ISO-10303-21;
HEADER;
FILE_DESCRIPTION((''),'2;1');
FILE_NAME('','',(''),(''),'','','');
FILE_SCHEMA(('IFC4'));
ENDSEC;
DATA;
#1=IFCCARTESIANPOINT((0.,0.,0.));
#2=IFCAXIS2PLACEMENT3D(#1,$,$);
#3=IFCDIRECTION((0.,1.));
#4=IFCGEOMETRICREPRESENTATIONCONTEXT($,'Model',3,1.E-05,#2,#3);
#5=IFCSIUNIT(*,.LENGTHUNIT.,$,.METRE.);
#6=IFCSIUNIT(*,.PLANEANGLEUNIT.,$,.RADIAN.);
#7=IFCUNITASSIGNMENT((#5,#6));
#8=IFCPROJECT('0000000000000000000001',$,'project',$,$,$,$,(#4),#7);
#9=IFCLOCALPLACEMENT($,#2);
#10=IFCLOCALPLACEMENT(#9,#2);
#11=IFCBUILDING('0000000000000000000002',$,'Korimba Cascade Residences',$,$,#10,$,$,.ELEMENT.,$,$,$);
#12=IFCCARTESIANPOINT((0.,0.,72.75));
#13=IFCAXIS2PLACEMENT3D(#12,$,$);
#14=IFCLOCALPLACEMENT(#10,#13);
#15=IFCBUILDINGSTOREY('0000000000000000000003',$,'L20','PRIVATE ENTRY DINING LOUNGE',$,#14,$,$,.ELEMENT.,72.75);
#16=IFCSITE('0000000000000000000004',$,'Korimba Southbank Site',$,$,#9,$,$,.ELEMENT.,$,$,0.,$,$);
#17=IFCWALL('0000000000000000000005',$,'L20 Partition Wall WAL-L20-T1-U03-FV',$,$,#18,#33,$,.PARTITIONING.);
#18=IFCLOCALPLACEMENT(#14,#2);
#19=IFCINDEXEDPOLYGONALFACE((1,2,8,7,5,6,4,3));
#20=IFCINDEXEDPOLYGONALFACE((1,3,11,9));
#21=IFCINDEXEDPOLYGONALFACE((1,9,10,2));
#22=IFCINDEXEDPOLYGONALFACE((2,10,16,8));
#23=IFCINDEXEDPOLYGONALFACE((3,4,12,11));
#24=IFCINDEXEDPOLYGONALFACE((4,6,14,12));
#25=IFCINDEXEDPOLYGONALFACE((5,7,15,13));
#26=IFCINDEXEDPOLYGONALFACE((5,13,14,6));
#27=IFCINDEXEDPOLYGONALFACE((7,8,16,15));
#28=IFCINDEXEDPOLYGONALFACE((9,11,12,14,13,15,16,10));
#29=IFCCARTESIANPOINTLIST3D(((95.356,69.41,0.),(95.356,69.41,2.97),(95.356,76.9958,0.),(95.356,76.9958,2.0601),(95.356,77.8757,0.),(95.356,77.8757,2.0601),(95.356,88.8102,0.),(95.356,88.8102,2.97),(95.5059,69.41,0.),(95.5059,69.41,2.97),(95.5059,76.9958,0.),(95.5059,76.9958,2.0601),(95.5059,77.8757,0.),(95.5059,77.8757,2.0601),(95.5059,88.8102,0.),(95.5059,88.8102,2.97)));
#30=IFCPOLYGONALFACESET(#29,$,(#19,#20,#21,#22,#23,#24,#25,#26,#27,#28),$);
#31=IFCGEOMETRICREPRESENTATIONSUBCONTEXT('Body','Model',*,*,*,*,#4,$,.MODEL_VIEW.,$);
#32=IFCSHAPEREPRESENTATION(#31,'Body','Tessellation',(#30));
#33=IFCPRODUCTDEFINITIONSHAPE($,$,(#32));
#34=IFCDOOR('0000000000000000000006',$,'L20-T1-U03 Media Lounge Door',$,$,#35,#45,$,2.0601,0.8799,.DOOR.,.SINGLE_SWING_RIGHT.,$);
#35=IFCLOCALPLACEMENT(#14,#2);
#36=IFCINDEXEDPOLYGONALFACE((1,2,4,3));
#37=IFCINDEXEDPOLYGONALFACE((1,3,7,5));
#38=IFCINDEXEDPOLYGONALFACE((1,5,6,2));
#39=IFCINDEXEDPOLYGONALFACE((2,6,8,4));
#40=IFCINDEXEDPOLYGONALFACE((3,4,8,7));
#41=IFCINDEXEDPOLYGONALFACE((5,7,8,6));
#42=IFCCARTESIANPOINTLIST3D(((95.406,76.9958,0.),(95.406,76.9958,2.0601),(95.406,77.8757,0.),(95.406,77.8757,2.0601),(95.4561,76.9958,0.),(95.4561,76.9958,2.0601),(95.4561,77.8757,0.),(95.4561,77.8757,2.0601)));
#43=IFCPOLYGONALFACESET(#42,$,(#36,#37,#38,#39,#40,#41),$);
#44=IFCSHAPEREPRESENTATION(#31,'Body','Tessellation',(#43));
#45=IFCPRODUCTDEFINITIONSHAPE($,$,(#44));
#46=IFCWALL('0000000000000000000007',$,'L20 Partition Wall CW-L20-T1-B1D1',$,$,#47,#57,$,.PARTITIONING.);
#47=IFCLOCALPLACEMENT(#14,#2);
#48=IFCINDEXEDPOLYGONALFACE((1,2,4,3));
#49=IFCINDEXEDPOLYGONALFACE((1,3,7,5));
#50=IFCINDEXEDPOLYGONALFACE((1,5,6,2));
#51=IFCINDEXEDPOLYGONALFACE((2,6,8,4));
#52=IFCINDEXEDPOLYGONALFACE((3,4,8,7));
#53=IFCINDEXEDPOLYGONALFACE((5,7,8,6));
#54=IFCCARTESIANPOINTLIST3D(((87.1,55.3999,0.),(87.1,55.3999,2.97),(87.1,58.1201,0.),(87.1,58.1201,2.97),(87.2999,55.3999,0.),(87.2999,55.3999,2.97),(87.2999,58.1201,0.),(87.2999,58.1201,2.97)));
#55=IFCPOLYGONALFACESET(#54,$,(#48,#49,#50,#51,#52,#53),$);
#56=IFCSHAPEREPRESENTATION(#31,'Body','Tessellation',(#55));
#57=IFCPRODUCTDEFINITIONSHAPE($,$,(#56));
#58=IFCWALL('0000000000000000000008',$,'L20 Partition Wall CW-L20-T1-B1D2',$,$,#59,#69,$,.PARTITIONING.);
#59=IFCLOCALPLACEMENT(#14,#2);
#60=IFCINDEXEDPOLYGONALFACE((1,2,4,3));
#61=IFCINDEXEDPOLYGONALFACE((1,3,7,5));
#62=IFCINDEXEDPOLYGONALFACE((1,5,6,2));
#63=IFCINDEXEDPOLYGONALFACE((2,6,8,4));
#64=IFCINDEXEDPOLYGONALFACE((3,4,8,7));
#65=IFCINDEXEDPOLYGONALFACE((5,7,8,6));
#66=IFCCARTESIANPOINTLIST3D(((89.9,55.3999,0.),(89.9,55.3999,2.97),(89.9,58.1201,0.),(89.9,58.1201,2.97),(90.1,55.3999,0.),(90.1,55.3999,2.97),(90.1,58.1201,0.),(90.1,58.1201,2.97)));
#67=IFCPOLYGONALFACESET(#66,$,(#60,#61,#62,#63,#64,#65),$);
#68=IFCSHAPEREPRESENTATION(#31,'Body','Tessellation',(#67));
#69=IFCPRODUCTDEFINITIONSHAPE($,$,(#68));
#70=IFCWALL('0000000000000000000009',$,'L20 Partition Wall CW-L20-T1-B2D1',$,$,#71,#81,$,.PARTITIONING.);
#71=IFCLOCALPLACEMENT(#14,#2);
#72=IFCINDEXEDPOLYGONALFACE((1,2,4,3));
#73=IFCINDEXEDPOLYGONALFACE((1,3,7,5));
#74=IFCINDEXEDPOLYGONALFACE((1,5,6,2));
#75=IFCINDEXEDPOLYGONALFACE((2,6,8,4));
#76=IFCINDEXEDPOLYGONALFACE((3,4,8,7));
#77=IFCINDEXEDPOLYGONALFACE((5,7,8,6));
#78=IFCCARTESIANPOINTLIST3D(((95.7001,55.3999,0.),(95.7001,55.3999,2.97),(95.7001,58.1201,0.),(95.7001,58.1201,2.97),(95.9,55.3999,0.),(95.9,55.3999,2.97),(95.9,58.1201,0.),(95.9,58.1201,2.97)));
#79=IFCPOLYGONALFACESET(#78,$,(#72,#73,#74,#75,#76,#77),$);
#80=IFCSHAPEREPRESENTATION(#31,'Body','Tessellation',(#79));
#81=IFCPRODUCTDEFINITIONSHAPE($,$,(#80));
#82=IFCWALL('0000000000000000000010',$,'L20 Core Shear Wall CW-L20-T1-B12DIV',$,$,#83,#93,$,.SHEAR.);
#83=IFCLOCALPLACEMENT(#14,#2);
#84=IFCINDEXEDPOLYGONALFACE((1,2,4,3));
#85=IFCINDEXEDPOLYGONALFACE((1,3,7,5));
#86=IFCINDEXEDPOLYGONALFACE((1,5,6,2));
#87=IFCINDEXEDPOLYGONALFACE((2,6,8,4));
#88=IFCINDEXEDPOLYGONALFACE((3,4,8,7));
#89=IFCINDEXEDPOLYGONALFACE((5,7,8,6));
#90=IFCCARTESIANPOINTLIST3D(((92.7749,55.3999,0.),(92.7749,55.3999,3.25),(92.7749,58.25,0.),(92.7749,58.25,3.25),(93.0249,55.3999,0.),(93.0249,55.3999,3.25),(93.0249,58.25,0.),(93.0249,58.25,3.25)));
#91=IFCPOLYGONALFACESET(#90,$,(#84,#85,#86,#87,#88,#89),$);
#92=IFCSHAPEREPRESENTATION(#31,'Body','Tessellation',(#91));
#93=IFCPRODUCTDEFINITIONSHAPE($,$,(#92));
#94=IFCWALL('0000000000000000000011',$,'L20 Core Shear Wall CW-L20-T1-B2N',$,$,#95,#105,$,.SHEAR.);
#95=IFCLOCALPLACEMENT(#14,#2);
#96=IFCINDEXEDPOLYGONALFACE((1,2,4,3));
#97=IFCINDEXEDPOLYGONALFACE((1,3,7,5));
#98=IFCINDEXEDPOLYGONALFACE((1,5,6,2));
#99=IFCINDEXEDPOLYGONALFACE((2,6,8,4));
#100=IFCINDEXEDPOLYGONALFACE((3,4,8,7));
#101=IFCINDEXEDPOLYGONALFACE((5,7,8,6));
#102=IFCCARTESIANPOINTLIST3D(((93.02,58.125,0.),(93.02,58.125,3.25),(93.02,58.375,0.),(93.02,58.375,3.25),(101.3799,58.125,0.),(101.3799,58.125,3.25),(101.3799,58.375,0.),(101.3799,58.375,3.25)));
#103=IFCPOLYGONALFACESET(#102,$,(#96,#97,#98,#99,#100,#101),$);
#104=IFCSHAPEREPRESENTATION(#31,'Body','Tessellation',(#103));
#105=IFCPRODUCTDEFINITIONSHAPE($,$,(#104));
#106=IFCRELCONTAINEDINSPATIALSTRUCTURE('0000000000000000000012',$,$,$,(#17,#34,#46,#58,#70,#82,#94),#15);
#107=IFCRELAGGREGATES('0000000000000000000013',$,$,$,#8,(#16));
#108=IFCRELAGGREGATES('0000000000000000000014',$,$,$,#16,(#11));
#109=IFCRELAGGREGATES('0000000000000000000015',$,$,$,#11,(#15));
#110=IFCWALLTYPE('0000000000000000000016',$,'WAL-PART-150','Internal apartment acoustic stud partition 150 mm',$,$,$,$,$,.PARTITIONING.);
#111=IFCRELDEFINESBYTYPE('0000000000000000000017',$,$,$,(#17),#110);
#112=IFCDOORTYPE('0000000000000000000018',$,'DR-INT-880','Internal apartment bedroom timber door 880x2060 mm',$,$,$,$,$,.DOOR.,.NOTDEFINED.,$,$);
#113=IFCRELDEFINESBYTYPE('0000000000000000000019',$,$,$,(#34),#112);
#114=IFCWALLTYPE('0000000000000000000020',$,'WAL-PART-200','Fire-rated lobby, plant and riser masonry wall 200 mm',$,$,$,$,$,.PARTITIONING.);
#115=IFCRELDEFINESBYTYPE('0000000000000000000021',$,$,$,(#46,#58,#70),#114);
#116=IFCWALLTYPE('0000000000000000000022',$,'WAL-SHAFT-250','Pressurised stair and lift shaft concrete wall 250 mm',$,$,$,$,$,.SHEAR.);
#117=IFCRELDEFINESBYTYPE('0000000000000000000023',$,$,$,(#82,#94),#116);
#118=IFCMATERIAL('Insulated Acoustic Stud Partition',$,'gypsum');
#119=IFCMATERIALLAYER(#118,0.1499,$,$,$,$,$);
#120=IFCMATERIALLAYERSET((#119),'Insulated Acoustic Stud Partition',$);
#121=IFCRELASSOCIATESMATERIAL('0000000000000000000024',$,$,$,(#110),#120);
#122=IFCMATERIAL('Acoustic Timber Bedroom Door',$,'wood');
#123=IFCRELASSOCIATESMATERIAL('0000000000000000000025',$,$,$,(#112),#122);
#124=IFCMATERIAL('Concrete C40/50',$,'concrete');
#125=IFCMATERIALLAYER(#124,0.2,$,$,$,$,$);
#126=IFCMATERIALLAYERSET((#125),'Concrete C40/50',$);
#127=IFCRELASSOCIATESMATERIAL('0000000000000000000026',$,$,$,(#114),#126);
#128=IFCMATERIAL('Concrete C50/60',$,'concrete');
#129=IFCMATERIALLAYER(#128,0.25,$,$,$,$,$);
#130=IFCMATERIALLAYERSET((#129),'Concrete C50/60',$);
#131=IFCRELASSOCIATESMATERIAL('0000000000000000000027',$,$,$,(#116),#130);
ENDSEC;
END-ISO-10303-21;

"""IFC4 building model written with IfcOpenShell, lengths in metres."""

from ifc_helpers import new_model, si_unit, direction, frame, frame_2d, origin, place, context, subcontext, project, spatial, rectangle, extrude, material, layer, layer_set, type_object, element, fill, save


model = new_model("IFC4")

# Units and contexts
model_context = context("Model", 3, precision=1e-05, world=origin(), true_north=direction((0.0, 1.0)))
body_context = subcontext(model_context, "Body", "Model", "MODEL_VIEW")
ifc_project = project(units=[si_unit("LENGTHUNIT", "METRE"), si_unit("PLANEANGLEUNIT", "RADIAN")], contexts=[model_context])

# Site, building, storey
site_placement = place(None, origin())
site = spatial("IfcSite", under=ifc_project, at=site_placement, Name="Korimba Southbank Site", CompositionType="ELEMENT", RefElevation=0.0)
building_placement = place(site_placement, origin())
building = spatial("IfcBuilding", under=site, at=building_placement, Name="Korimba Cascade Residences", CompositionType="ELEMENT")
storey_placement = place(building_placement, frame((0.0, 0.0, 72.75)))
storey = spatial("IfcBuildingStorey", under=building, at=storey_placement, Name="L20", Description="PRIVATE ENTRY DINING LOUNGE", CompositionType="ELEMENT", Elevation=72.75)

# Shared definitions
ifc_material_1 = material(Name="Concrete C50/60", Category="concrete")

# Shared definitions
ifc_material_2 = material(Name="Insulated Acoustic Stud Partition", Category="gypsum")
ifc_layer_1 = layer(ifc_material_2, 0.1499)
ifc_layer_set_1 = layer_set([ifc_layer_1], Name="Insulated Acoustic Stud Partition")
wall_type_1 = type_object("IfcWallType", Name="WAL-PART-150", Description="Internal apartment acoustic stud partition 150 mm", PredefinedType="PARTITIONING", material=ifc_layer_set_1)

# Shared definitions
ifc_material_3 = material(Name="Acoustic Timber Bedroom Door", Category="wood")
door_type_1 = type_object("IfcDoorType", Name="DR-INT-880", Description="Internal apartment bedroom timber door 880x2060 mm", OperationType="NOTDEFINED", PredefinedType="DOOR", material=ifc_material_3)

# Wall, opening, door
wall_1_placement = place(storey_placement, frame((95.4309, 69.4099, 0.0), z_axis=(0.0, 0.0, 1.0), x_axis=(0.0, 1.0, 0.0)))
wall_1 = element("IfcWall", 1, at=wall_1_placement, inside=storey, type_object=wall_type_1, Name="L20 Partition Wall WAL-L20-T1-U03-FV", PredefinedType="PARTITIONING", context=body_context, shape_type="SweptSolid", body=[
    extrude(rectangle(XDim=19.4001, YDim=0.1499, at=frame_2d((9.7002, 0.0))), origin(), (0.0, 0.0, 1.0), 2.97),
])
opening_1_placement = place(wall_1_placement, frame((7.5859, 0.0, 0.0)))
opening_1 = element("IfcOpeningElement", 2, at=opening_1_placement, cuts=wall_1, PredefinedType="OPENING", context=body_context, shape_type="SweptSolid", body=[
    extrude(rectangle(XDim=0.8799, YDim=2.0601, at=frame_2d((0.4399, 1.03))), frame((0.0, 0.085, 0.0), z_axis=(0.0, -1.0, 0.0), x_axis=(1.0, 0.0, 0.0)), (0.0, 0.0, 1.0), 0.1699),
])
door_1_placement = place(opening_1_placement, origin())
door_1 = element("IfcDoor", 3, at=door_1_placement, inside=storey, type_object=door_type_1, Name="L20-T1-U03 Media Lounge Door", OperationType="SINGLE_SWING_RIGHT", OverallHeight=2.0601, OverallWidth=0.8799, PredefinedType="DOOR", context=body_context, shape_type="SweptSolid", body=[
    extrude(rectangle(XDim=0.8799, YDim=2.0601, at=frame_2d((0.4399, 1.03))), frame((0.0, 0.0249, 0.0), z_axis=(0.0, -1.0, 0.0), x_axis=(1.0, 0.0, 0.0)), (0.0, 0.0, 1.0), 0.05),
])
fill(opening_1, door_1)

# Walls
ifc_material_4 = material(Name="Concrete C40/50", Category="concrete")
ifc_layer_2 = layer(ifc_material_4, 0.2)
ifc_layer_set_2 = layer_set([ifc_layer_2], Name="Concrete C40/50")
wall_type_2 = type_object("IfcWallType", Name="WAL-PART-200", Description="Fire-rated lobby, plant and riser masonry wall 200 mm", PredefinedType="PARTITIONING", material=ifc_layer_set_2)
for number, where, z_axis, x_axis, name in (
    (4, (87.2, 55.3999, 0.0), (0.0, 0.0, 1.0), (0.0, 1.0, 0.0), "L20 Partition Wall CW-L20-T1-B1D1"),
    (5, (90.0, 55.3999, 0.0), (0.0, 0.0, 1.0), (0.0, 1.0, 0.0), "L20 Partition Wall CW-L20-T1-B1D2"),
    (6, (95.8, 55.3999, 0.0), (0.0, 0.0, 1.0), (0.0, 1.0, 0.0), "L20 Partition Wall CW-L20-T1-B2D1"),
):
    element("IfcWall", number, at=place(storey_placement, frame(where, z_axis=z_axis, x_axis=x_axis)), inside=storey, type_object=wall_type_2, Name=name, PredefinedType="PARTITIONING", context=body_context, shape_type="SweptSolid", body=[
        extrude(rectangle(XDim=2.7202, YDim=0.2, at=frame_2d((1.3601, 0.0))), origin(), (0.0, 0.0, 1.0), 2.97),
    ])
ifc_layer_3 = layer(ifc_material_1, 0.25)
ifc_layer_set_3 = layer_set([ifc_layer_3], Name="Concrete C50/60")
wall_type_3 = type_object("IfcWallType", Name="WAL-SHAFT-250", Description="Pressurised stair and lift shaft concrete wall 250 mm", PredefinedType="SHEAR", material=ifc_layer_set_3)
wall_2_placement = place(storey_placement, frame((92.8999, 55.3999, 0.0), z_axis=(0.0, 0.0, 1.0), x_axis=(0.0, 1.0, 0.0)))
element("IfcWall", 7, at=wall_2_placement, inside=storey, type_object=wall_type_3, Name="L20 Core Shear Wall CW-L20-T1-B12DIV", PredefinedType="SHEAR", context=body_context, shape_type="SweptSolid", body=[
    extrude(rectangle(XDim=2.8501, YDim=0.25, at=frame_2d((1.425, 0.0))), origin(), (0.0, 0.0, 1.0), 3.25),
])
wall_3_placement = place(storey_placement, frame((93.02, 58.25, 0.0), z_axis=(0.0, 0.0, 1.0), x_axis=(1.0, 0.0, 0.0)))
element("IfcWall", 8, at=wall_3_placement, inside=storey, type_object=wall_type_3, Name="L20 Core Shear Wall CW-L20-T1-B2N", PredefinedType="SHEAR", context=body_context, shape_type="SweptSolid", body=[
    extrude(rectangle(XDim=8.3599, YDim=0.25, at=frame_2d((4.1799, 0.0))), origin(), (0.0, 0.0, 1.0), 3.25),
])

save(model, "model.ifc")
